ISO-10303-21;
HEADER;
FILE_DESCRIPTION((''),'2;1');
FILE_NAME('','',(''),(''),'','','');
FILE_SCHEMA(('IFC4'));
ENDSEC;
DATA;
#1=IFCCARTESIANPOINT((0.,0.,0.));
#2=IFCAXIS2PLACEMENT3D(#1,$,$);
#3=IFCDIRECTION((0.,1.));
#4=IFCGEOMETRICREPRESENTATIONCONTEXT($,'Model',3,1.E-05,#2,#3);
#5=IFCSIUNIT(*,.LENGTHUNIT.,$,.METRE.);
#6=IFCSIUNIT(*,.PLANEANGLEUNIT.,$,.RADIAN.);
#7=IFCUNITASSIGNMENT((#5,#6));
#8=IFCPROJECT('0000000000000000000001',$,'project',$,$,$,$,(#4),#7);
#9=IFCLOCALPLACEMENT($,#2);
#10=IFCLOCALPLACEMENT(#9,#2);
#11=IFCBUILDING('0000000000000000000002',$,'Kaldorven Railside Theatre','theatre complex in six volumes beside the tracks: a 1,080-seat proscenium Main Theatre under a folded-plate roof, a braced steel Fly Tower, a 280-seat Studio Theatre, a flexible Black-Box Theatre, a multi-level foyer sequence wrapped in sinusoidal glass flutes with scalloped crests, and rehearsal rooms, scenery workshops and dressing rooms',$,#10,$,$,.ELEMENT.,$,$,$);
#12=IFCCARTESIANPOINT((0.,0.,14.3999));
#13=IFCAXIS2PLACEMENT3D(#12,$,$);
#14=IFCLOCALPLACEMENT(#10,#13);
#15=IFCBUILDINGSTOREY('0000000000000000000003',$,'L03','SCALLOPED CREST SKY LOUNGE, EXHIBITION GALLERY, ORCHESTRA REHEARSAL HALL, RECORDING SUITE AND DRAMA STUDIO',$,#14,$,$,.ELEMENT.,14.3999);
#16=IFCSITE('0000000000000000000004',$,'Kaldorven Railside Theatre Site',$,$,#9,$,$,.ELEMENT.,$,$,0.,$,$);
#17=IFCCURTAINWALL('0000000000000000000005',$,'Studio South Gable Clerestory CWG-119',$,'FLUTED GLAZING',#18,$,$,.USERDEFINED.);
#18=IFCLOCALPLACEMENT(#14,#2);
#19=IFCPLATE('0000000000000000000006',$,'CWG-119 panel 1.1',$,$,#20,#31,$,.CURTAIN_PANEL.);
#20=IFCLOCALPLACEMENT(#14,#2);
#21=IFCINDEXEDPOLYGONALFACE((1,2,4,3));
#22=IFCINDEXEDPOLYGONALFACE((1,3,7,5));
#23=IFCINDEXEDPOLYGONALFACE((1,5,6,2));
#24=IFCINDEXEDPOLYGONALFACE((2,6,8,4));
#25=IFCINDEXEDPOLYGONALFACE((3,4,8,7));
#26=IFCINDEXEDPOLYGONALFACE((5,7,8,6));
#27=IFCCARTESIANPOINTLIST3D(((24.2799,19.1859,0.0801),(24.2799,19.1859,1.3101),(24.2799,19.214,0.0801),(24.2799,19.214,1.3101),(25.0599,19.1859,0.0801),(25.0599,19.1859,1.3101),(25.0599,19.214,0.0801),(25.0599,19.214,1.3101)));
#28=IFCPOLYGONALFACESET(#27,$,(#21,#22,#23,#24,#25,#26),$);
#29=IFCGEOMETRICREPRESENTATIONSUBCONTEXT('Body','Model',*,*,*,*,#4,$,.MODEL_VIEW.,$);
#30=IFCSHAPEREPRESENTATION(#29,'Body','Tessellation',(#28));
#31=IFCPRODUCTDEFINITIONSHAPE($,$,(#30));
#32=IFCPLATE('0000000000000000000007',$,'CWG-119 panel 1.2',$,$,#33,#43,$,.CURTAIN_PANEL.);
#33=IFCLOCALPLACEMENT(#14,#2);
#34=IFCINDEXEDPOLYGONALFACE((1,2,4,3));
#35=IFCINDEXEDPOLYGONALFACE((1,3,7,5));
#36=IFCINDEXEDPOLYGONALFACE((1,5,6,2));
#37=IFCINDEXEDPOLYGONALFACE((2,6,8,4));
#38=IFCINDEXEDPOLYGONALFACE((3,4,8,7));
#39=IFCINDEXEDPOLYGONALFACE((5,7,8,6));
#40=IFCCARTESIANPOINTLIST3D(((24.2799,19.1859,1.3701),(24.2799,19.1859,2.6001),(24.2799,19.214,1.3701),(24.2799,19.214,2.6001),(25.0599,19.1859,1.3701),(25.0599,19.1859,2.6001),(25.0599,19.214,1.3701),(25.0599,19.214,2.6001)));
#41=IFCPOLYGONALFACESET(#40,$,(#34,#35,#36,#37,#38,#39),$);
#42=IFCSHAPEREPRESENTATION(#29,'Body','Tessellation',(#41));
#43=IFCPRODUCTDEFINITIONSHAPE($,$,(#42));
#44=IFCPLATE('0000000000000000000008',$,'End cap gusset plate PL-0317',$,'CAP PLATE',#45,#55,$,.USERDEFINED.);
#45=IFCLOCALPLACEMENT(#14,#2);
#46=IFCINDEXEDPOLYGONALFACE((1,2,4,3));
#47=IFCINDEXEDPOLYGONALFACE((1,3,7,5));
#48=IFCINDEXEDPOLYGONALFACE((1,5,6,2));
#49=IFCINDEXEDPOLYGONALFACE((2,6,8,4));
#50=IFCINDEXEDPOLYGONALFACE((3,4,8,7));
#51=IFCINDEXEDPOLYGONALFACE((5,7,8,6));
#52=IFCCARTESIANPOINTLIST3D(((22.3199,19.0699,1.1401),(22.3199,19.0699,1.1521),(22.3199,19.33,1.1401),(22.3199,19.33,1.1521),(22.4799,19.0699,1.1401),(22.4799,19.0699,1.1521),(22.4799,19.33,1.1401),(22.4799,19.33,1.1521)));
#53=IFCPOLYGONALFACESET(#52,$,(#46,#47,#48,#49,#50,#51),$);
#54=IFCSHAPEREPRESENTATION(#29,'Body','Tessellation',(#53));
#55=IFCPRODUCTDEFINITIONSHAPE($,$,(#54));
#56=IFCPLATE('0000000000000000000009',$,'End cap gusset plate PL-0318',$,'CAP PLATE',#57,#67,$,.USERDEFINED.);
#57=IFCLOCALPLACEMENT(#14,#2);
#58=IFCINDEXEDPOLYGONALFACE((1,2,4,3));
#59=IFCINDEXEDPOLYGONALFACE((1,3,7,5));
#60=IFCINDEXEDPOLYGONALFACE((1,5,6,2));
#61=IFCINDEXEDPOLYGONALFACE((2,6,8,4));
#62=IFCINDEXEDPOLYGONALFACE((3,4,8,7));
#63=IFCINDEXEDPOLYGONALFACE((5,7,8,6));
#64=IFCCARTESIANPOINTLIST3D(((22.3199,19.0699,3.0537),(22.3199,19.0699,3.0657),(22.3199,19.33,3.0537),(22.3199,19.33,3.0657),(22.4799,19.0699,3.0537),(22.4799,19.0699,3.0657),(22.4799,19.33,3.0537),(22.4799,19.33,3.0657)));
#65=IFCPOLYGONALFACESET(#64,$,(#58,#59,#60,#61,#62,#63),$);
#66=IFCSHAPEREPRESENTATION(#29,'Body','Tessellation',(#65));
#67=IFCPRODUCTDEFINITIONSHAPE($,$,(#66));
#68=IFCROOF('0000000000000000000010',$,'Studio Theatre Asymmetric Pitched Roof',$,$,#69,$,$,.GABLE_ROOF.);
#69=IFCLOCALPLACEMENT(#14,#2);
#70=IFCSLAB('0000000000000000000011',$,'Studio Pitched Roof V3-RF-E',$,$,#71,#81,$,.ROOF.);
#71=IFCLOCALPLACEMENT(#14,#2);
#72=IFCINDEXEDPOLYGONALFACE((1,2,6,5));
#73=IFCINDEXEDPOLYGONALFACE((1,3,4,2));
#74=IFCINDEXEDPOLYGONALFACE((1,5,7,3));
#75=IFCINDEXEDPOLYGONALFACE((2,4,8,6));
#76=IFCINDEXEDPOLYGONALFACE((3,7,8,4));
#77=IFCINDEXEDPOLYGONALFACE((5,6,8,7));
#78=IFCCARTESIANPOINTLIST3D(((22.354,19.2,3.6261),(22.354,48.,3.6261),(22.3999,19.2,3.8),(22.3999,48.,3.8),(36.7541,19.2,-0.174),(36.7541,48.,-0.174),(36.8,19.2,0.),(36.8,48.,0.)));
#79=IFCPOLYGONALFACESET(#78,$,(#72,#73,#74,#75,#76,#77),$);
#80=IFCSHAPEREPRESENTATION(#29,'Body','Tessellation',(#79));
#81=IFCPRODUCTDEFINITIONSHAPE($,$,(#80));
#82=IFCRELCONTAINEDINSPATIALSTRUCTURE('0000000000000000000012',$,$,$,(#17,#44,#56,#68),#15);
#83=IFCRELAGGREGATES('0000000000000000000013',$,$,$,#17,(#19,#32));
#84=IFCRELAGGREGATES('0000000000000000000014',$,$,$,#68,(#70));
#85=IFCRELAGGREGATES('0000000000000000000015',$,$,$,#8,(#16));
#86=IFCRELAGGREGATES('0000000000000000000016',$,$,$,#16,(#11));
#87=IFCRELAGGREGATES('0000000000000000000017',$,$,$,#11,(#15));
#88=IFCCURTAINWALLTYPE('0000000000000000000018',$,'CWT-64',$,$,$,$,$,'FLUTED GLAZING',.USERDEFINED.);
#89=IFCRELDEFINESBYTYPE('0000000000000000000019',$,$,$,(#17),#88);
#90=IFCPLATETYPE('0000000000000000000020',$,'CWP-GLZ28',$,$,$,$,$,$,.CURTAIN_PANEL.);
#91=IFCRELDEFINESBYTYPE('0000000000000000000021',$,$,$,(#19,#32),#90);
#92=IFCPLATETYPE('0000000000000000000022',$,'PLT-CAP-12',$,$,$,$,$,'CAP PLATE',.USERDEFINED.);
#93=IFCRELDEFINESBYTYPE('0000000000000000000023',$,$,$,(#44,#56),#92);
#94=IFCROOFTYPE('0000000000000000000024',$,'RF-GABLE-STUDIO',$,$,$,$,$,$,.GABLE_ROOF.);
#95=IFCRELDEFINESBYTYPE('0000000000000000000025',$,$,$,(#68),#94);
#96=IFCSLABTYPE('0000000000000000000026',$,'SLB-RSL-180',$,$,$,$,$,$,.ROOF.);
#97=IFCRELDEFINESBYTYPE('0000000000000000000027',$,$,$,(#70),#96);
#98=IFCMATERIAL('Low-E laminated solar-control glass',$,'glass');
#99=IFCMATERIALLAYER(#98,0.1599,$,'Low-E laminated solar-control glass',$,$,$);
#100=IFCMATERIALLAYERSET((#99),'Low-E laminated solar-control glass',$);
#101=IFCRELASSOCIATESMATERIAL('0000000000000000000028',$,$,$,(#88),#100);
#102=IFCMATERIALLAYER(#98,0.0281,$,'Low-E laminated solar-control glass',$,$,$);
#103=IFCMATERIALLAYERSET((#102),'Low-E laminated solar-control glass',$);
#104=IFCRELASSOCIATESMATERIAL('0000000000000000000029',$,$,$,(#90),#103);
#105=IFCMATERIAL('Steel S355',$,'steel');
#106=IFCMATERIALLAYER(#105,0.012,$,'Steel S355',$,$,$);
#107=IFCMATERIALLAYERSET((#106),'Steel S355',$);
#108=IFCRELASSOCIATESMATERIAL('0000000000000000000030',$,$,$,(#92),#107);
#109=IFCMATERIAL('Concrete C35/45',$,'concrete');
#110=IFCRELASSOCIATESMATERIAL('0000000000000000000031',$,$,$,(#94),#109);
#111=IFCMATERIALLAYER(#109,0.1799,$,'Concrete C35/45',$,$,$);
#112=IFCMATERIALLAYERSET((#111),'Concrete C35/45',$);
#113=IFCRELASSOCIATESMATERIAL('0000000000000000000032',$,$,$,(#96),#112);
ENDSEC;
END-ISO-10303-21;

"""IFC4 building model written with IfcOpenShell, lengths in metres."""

from ifc_helpers import new_model, si_unit, direction, frame, origin, origin_2d, place, context, subcontext, project, spatial, polyline, rectangle, outline, extrude, material, layer, layer_set, type_object, element, aggregate, save


model = new_model("IFC4")

# Units and contexts
model_context = context("Model", 3, precision=1e-05, world=origin(), true_north=direction((0.0, 1.0)))
body_context = subcontext(model_context, "Body", "Model", "MODEL_VIEW")
ifc_project = project(units=[si_unit("LENGTHUNIT", "METRE"), si_unit("PLANEANGLEUNIT", "RADIAN")], contexts=[model_context])

# Site, building, storey
site_placement = place(None, origin())
site = spatial("IfcSite", under=ifc_project, at=site_placement, Name="Kaldorven Railside Theatre Site", CompositionType="ELEMENT", RefElevation=0.0)
building_placement = place(site_placement, origin())
building = spatial("IfcBuilding", under=site, at=building_placement, Name="Kaldorven Railside Theatre", Description="theatre complex in six volumes beside the tracks: a 1,080-seat proscenium Main Theatre under a folded-plate roof, a braced steel Fly Tower, a 280-seat Studio Theatre, a flexible Black-Box Theatre, a multi-level foyer sequence wrapped in sinusoidal glass flutes with scalloped crests, and rehearsal rooms, scenery workshops and dressing rooms", CompositionType="ELEMENT")
storey_placement = place(building_placement, frame((0.0, 0.0, 14.3999)))
storey = spatial("IfcBuildingStorey", under=building, at=storey_placement, Name="L03", Description="SCALLOPED CREST SKY LOUNGE, EXHIBITION GALLERY, ORCHESTRA REHEARSAL HALL, RECORDING SUITE AND DRAMA STUDIO", CompositionType="ELEMENT", Elevation=14.3999)

# Shared definitions
ifc_material_1 = material(Name="Steel S355", Category="steel")

# Curtain wall
ifc_material_2 = material(Name="Low-E laminated solar-control glass", Category="glass")
ifc_layer_1 = layer(ifc_material_2, 0.1599, Name="Low-E laminated solar-control glass")
ifc_layer_set_1 = layer_set([ifc_layer_1], Name="Low-E laminated solar-control glass")
curtain_wall_type_1 = type_object("IfcCurtainWallType", Name="CWT-64", ElementType="FLUTED GLAZING", PredefinedType="USERDEFINED", material=ifc_layer_set_1)
curtain_wall_1_placement = place(storey_placement, origin())
curtain_wall_1 = element("IfcCurtainWall", 1, at=curtain_wall_1_placement, inside=storey, type_object=curtain_wall_type_1, Name="Studio South Gable Clerestory CWG-119", ObjectType="FLUTED GLAZING", PredefinedType="USERDEFINED")

# Plates
ifc_layer_2 = layer(ifc_material_2, 0.0281, Name="Low-E laminated solar-control glass")
ifc_layer_set_2 = layer_set([ifc_layer_2], Name="Low-E laminated solar-control glass")
plate_type_1 = type_object("IfcPlateType", Name="CWP-GLZ28", PredefinedType="CURTAIN_PANEL", material=ifc_layer_set_2)
plate_1_placement = place(storey_placement, frame((24.6699, 19.2, 0.0801), z_axis=(0.0, 0.0, 1.0), x_axis=(1.0, 0.0, 0.0)))
plate_1 = element("IfcPlate", 2, at=plate_1_placement, type_object=plate_type_1, Name="CWG-119 panel 1.1", PredefinedType="CURTAIN_PANEL", context=body_context, shape_type="SweptSolid", body=[
    extrude(rectangle(XDim=0.78, YDim=0.0281, at=origin_2d()), origin(), (0.0, 0.0, 1.0), 1.23),
])
plate_2_placement = place(storey_placement, frame((24.6699, 19.2, 1.3701), z_axis=(0.0, 0.0, 1.0), x_axis=(1.0, 0.0, 0.0)))
plate_2 = element("IfcPlate", 3, at=plate_2_placement, type_object=plate_type_1, Name="CWG-119 panel 1.2", PredefinedType="CURTAIN_PANEL", context=body_context, shape_type="SweptSolid", body=[
    extrude(rectangle(XDim=0.78, YDim=0.0281, at=origin_2d()), origin(), (0.0, 0.0, 1.0), 1.23),
])
aggregate(curtain_wall_1, [plate_1, plate_2])

# Plates
ifc_layer_3 = layer(ifc_material_1, 0.012, Name="Steel S355")
ifc_layer_set_3 = layer_set([ifc_layer_3], Name="Steel S355")
plate_type_2 = type_object("IfcPlateType", Name="PLT-CAP-12", ElementType="CAP PLATE", PredefinedType="USERDEFINED", material=ifc_layer_set_3)
for number, where, z_axis, x_axis, name in (
    (4, (22.3999, 19.2, 1.1401), (0.0, 0.0, 1.0), (1.0, 0.0, 0.0), "End cap gusset plate PL-0317"),
    (5, (22.3999, 19.2, 3.0537), (0.0, 0.0, 1.0), (1.0, 0.0, 0.0), "End cap gusset plate PL-0318"),
):
    element("IfcPlate", number, at=place(storey_placement, frame(where, z_axis=z_axis, x_axis=x_axis)), inside=storey, type_object=plate_type_2, Name=name, ObjectType="CAP PLATE", PredefinedType="USERDEFINED", context=body_context, shape_type="SweptSolid", body=[
        extrude(rectangle(XDim=0.1599, YDim=0.26, at=origin_2d()), origin(), (0.0, 0.0, 1.0), 0.012),
    ])

# Roof, slab
ifc_material_3 = material(Name="Concrete C35/45", Category="concrete")
roof_type = type_object("IfcRoofType", Name="RF-GABLE-STUDIO", PredefinedType="GABLE_ROOF", material=ifc_material_3)
roof_placement = place(storey_placement, origin())
roof = element("IfcRoof", 6, at=roof_placement, inside=storey, type_object=roof_type, Name="Studio Theatre Asymmetric Pitched Roof", PredefinedType="GABLE_ROOF")
ifc_layer_4 = layer(ifc_material_3, 0.1799, Name="Concrete C35/45")
ifc_layer_set_4 = layer_set([ifc_layer_4], Name="Concrete C35/45")
slab_type = type_object("IfcSlabType", Name="SLB-RSL-180", PredefinedType="ROOF", material=ifc_layer_set_4)
slab_placement = place(storey_placement, frame((22.3999, 19.2, 3.8), z_axis=(0.255155, 0.0, 0.9669), x_axis=(0.9669, 0.0, -0.255155)))
slab = element("IfcSlab", 7, at=slab_placement, type_object=slab_type, Name="Studio Pitched Roof V3-RF-E", PredefinedType="ROOF", context=body_context, shape_type="SweptSolid", body=[
    extrude(outline(polyline([(0.0, 0.0), (14.8931, 0.0), (14.8931, 28.8), (0.0, 28.8), (0.0, 0.0)])), origin(), (0.0, 0.0, -1.0), 0.1799),
])
aggregate(roof, [slab])

save(model, "model.ifc")
